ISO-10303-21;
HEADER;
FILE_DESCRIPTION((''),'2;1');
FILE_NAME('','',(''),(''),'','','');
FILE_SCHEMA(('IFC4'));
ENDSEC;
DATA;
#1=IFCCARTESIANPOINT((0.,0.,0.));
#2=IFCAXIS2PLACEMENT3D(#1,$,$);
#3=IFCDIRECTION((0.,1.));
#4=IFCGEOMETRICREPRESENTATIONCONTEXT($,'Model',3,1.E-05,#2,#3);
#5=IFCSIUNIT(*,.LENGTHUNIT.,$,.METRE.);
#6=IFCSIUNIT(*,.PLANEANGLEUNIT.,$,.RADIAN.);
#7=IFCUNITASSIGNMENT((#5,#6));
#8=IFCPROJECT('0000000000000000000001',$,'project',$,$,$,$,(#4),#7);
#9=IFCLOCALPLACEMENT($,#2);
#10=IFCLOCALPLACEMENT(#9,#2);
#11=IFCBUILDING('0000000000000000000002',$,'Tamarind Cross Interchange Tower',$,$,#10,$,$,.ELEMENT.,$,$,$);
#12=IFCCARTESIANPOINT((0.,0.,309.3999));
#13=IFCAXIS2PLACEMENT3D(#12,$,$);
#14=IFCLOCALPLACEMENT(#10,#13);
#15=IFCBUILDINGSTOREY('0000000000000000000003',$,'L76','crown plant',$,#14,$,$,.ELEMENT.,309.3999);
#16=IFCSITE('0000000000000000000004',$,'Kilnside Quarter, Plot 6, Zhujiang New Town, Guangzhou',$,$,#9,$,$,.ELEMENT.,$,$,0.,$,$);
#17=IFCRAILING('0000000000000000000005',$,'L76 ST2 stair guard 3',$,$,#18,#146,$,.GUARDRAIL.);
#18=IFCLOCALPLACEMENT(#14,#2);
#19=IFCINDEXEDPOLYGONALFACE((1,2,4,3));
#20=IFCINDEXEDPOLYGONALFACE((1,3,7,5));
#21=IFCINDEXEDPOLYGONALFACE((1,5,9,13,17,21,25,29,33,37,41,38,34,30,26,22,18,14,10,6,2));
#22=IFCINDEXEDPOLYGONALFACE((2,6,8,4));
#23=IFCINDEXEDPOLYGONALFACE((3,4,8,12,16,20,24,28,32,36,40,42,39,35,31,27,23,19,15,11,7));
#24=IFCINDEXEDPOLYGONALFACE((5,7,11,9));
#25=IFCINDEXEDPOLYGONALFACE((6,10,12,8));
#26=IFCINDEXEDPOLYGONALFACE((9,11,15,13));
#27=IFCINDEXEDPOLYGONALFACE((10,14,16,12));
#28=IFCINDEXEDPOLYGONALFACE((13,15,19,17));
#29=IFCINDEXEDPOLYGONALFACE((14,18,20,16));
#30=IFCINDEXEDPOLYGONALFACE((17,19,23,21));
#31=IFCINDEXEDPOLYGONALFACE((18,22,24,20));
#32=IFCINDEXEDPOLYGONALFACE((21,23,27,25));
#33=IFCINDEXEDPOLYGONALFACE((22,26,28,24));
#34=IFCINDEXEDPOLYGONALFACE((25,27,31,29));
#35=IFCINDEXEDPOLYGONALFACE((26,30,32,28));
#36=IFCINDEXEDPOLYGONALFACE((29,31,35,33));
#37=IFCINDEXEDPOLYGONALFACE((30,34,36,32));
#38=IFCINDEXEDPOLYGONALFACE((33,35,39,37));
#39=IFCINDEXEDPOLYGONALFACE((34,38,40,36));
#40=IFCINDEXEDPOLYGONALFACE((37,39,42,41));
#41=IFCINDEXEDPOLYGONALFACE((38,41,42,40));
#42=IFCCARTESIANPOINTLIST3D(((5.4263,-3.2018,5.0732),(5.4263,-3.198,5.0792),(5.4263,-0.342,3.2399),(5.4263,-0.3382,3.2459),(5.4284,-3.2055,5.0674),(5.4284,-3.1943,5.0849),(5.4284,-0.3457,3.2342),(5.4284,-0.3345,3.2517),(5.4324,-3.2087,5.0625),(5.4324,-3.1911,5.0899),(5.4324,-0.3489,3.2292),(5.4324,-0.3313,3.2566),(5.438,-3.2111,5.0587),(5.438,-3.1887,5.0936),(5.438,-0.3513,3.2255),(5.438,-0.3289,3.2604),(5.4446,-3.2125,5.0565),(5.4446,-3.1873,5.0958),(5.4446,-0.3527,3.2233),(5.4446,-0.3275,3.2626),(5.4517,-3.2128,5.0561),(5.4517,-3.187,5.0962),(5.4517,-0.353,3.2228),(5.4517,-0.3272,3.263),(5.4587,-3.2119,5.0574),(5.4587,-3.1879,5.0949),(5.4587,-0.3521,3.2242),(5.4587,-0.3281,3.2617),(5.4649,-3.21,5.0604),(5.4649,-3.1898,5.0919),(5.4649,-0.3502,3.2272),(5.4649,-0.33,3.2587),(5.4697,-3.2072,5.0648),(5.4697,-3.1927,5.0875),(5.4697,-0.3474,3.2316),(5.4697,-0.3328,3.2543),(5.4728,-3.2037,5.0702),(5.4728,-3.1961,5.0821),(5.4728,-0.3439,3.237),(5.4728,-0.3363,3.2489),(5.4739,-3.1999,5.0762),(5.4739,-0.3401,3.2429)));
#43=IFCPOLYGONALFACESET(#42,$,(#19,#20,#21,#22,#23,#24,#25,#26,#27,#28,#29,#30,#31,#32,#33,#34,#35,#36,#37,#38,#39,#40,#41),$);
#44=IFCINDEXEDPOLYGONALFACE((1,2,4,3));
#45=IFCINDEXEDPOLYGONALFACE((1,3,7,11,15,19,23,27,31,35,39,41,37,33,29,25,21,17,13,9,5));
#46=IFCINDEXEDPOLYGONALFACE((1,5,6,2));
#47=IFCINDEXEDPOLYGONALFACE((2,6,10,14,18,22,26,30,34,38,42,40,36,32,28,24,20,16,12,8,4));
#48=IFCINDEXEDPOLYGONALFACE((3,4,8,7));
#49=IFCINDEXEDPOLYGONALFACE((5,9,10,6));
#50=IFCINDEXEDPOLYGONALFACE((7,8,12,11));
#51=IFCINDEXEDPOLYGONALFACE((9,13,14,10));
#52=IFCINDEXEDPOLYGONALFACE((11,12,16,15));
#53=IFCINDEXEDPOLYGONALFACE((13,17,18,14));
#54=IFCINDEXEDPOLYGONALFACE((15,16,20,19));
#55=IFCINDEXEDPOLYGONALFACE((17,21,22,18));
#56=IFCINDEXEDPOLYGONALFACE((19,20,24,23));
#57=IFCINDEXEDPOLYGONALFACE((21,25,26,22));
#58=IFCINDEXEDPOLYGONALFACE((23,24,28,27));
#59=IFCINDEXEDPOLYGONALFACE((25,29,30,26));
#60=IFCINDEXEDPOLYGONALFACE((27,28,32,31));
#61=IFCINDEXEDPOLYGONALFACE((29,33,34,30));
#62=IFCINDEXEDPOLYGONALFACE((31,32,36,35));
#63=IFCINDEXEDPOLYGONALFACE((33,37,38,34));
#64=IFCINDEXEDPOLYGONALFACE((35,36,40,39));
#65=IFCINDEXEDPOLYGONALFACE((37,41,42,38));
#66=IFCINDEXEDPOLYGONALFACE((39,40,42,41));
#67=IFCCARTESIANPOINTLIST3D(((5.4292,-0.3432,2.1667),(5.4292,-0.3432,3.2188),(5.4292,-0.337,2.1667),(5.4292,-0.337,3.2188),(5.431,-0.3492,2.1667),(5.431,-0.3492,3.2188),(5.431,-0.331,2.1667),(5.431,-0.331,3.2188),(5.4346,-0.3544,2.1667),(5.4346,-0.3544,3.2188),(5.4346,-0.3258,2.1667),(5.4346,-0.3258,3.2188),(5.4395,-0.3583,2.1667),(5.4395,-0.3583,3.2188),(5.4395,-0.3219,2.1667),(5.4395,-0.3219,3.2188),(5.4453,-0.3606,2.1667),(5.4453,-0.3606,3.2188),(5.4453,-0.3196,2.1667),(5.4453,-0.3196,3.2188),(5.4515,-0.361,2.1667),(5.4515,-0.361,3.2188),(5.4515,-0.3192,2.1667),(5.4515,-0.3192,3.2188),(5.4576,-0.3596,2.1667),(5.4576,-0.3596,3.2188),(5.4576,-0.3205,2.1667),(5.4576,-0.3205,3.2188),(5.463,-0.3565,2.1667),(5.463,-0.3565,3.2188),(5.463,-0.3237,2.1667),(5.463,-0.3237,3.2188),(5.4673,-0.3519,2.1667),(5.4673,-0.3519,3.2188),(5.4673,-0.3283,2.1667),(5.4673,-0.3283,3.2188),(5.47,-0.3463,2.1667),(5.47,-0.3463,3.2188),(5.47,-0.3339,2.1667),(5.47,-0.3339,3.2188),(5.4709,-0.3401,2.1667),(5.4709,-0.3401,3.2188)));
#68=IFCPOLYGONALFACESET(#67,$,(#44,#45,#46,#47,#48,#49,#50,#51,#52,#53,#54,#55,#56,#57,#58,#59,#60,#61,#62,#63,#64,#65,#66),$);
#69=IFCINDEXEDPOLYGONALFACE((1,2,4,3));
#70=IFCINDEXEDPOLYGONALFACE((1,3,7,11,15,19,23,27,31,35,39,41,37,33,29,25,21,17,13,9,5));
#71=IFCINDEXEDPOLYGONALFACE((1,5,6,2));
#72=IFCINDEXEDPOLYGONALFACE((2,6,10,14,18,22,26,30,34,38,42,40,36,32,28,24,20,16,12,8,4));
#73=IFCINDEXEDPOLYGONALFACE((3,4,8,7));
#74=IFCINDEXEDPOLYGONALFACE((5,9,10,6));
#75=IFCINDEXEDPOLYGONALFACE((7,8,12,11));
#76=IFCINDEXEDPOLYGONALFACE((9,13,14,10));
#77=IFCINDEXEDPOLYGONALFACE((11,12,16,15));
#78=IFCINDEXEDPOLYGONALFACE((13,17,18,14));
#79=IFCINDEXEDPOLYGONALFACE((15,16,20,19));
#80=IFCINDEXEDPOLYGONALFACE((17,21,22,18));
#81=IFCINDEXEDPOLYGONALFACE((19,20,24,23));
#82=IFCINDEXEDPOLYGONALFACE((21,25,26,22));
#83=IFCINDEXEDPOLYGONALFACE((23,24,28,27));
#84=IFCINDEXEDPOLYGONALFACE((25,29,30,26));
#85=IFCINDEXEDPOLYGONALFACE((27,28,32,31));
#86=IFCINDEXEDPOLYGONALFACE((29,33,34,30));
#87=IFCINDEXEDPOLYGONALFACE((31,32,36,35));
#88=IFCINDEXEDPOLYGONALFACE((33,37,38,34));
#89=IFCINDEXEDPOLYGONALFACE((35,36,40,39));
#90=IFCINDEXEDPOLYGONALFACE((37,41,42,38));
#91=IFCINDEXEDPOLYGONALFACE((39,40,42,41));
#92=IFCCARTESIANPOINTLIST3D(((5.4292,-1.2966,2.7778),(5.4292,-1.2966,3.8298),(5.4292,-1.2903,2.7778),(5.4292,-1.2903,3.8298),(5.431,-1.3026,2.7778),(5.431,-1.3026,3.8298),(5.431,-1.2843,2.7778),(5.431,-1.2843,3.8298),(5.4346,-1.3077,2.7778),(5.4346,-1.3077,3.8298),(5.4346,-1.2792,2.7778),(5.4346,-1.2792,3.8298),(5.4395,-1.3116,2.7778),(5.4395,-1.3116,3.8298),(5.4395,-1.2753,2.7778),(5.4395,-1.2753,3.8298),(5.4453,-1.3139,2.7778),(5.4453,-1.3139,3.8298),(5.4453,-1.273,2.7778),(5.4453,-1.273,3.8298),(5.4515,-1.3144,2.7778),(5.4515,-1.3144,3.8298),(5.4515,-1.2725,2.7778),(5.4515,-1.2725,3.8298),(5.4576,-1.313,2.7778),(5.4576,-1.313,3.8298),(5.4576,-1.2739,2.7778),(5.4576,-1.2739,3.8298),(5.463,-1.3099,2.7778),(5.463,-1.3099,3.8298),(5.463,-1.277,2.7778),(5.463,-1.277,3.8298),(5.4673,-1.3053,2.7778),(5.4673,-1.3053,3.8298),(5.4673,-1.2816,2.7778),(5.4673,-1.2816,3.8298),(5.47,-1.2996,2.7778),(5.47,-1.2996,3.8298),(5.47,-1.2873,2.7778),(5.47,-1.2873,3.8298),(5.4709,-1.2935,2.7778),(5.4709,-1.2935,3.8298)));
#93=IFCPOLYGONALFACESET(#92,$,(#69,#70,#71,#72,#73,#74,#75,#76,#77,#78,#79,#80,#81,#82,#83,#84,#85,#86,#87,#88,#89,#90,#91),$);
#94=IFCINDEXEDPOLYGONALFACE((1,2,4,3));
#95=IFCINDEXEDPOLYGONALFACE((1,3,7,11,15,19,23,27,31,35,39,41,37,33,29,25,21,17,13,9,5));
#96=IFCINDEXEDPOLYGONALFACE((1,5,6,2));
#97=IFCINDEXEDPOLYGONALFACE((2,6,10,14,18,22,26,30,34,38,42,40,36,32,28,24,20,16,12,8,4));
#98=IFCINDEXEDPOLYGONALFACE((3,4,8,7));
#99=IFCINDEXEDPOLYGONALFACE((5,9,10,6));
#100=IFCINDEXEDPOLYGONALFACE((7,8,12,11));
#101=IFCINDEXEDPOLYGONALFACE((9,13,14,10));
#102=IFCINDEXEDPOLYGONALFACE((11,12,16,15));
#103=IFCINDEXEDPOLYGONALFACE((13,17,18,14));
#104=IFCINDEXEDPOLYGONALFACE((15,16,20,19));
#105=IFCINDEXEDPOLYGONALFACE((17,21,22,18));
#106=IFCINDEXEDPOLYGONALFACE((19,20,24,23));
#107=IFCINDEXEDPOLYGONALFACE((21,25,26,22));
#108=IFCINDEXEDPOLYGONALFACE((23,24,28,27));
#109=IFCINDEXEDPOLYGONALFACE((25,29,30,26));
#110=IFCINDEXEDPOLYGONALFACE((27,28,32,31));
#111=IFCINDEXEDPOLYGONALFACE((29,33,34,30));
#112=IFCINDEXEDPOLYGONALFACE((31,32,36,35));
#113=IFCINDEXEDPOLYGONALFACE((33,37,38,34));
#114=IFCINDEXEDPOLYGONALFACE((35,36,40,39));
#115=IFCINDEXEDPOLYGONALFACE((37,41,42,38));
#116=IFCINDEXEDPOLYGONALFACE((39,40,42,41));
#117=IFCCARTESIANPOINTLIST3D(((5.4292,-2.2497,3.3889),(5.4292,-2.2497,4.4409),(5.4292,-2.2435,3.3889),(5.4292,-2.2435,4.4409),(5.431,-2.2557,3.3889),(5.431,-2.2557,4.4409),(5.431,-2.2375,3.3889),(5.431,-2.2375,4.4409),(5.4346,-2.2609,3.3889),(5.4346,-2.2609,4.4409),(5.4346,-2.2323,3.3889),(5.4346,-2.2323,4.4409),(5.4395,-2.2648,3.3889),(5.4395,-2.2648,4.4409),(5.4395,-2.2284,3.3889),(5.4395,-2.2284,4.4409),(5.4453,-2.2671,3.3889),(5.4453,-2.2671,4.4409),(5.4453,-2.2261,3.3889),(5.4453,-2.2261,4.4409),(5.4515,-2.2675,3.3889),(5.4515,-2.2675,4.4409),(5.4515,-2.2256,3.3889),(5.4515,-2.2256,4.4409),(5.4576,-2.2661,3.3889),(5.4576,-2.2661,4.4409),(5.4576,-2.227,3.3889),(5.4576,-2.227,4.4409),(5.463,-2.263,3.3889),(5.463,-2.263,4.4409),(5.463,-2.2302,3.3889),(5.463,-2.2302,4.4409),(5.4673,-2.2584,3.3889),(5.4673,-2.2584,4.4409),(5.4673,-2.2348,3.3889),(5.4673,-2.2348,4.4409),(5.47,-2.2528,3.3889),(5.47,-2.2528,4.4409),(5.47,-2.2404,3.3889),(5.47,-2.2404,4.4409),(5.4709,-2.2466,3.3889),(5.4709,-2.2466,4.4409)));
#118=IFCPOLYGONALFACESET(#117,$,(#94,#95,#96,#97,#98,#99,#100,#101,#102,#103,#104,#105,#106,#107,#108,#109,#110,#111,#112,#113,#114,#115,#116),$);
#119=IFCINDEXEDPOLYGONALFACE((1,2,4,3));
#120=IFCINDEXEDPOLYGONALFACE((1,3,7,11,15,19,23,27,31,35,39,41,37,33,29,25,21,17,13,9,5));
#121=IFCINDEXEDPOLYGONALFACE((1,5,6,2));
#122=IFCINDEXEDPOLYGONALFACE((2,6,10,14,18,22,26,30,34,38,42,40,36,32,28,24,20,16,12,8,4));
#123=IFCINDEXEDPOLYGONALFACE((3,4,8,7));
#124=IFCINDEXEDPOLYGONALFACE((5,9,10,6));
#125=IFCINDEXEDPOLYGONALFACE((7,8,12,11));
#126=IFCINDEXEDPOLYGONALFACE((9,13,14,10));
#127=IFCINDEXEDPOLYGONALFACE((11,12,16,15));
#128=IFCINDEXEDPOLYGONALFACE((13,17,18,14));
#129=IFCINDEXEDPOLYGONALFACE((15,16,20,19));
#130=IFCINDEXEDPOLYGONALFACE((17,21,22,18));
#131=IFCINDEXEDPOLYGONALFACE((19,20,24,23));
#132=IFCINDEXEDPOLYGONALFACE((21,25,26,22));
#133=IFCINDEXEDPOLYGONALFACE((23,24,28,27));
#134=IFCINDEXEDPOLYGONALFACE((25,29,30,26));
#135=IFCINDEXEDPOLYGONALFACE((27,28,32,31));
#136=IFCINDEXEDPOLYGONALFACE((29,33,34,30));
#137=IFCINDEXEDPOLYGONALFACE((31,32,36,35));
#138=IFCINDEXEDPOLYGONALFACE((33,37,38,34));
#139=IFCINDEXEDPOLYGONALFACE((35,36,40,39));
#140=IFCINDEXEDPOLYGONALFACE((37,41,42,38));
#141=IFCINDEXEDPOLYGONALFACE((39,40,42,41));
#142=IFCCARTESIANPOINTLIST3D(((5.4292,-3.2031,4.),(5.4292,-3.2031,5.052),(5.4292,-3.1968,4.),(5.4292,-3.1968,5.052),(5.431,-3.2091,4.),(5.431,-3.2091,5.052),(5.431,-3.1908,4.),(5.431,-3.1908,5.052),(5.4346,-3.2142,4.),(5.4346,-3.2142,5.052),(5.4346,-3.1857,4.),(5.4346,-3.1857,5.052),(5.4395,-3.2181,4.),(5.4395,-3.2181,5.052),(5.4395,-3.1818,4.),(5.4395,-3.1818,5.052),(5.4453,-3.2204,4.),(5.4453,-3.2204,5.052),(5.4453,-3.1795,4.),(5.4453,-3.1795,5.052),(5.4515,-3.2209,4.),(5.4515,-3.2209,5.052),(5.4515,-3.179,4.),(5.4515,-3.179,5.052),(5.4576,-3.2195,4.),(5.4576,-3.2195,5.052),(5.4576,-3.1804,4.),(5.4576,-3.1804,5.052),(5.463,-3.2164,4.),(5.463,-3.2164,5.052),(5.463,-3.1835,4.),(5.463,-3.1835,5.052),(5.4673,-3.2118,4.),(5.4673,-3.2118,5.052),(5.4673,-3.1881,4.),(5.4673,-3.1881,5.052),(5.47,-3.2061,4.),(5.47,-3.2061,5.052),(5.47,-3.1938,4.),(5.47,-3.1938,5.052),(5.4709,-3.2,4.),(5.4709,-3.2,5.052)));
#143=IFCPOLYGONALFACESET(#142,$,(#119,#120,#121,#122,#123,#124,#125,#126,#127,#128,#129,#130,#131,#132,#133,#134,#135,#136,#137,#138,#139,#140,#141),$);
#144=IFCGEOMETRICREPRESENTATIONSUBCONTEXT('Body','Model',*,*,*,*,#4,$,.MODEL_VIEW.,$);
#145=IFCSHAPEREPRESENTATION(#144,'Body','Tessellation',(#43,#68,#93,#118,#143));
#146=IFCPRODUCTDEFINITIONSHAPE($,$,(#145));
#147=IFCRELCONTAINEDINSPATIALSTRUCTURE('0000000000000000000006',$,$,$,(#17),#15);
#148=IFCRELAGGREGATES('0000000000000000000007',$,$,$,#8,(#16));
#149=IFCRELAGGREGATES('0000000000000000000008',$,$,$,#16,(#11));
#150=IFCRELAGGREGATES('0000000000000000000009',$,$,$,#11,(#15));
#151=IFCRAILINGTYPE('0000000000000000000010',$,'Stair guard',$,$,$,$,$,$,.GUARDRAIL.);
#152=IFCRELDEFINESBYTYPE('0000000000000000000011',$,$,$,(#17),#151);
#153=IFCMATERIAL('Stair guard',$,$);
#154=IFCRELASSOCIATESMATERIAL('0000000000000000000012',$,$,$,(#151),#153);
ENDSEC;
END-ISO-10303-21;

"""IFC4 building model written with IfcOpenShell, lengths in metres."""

from ifc_helpers import new_model, si_unit, direction, frame, origin, origin_2d, place, context, subcontext, project, spatial, circle, extrude, material, type_object, element, save


model = new_model("IFC4")

# Units and contexts
model_context = context("Model", 3, precision=1e-05, world=origin(), true_north=direction((0.0, 1.0)))
body_context = subcontext(model_context, "Body", "Model", "MODEL_VIEW")
ifc_project = project(units=[si_unit("LENGTHUNIT", "METRE"), si_unit("PLANEANGLEUNIT", "RADIAN")], contexts=[model_context])

# Site, building, storey
site_placement = place(None, origin())
site = spatial("IfcSite", under=ifc_project, at=site_placement, Name="Kilnside Quarter, Plot 6, Zhujiang New Town, Guangzhou", CompositionType="ELEMENT", RefElevation=0.0)
building_placement = place(site_placement, origin())
building = spatial("IfcBuilding", under=site, at=building_placement, Name="Tamarind Cross Interchange Tower", CompositionType="ELEMENT")
storey_placement = place(building_placement, frame((0.0, 0.0, 309.3999)))
storey = spatial("IfcBuildingStorey", under=building, at=storey_placement, Name="L76", Description="crown plant", CompositionType="ELEMENT", Elevation=309.3999)

# Railing
ifc_material_1 = material(Name="Stair guard")
railing_type_1 = type_object("IfcRailingType", Name="Stair guard", PredefinedType="GUARDRAIL", material=ifc_material_1)
railing_1_placement = place(storey_placement, frame((5.45, -0.3401, 2.1667)))
element("IfcRailing", 1, at=railing_1_placement, inside=storey, type_object=railing_type_1, Name="L76 ST2 stair guard 3", PredefinedType="GUARDRAIL", context=body_context, shape_type="SweptSolid", body=[
    extrude(circle(Radius=0.0239, at=origin_2d()), frame((0.0, 0.0, 1.0762), z_axis=(0.0, -0.841878, 0.539667), x_axis=(1.0, 0.0, 0.0)), (0.0, 0.0, 1.0), 3.397),
    extrude(circle(Radius=0.021, at=origin_2d()), origin(), (0.0, 0.0, 1.0), 1.052),
    extrude(circle(Radius=0.021, at=origin_2d()), frame((0.0, -0.9534, 0.6111)), (0.0, 0.0, 1.0), 1.052),
    extrude(circle(Radius=0.021, at=origin_2d()), frame((0.0, -1.9065, 1.2222)), (0.0, 0.0, 1.0), 1.052),
    extrude(circle(Radius=0.021, at=origin_2d()), frame((0.0, -2.8599, 1.8333)), (0.0, 0.0, 1.0), 1.052),
])

save(model, "model.ifc")
